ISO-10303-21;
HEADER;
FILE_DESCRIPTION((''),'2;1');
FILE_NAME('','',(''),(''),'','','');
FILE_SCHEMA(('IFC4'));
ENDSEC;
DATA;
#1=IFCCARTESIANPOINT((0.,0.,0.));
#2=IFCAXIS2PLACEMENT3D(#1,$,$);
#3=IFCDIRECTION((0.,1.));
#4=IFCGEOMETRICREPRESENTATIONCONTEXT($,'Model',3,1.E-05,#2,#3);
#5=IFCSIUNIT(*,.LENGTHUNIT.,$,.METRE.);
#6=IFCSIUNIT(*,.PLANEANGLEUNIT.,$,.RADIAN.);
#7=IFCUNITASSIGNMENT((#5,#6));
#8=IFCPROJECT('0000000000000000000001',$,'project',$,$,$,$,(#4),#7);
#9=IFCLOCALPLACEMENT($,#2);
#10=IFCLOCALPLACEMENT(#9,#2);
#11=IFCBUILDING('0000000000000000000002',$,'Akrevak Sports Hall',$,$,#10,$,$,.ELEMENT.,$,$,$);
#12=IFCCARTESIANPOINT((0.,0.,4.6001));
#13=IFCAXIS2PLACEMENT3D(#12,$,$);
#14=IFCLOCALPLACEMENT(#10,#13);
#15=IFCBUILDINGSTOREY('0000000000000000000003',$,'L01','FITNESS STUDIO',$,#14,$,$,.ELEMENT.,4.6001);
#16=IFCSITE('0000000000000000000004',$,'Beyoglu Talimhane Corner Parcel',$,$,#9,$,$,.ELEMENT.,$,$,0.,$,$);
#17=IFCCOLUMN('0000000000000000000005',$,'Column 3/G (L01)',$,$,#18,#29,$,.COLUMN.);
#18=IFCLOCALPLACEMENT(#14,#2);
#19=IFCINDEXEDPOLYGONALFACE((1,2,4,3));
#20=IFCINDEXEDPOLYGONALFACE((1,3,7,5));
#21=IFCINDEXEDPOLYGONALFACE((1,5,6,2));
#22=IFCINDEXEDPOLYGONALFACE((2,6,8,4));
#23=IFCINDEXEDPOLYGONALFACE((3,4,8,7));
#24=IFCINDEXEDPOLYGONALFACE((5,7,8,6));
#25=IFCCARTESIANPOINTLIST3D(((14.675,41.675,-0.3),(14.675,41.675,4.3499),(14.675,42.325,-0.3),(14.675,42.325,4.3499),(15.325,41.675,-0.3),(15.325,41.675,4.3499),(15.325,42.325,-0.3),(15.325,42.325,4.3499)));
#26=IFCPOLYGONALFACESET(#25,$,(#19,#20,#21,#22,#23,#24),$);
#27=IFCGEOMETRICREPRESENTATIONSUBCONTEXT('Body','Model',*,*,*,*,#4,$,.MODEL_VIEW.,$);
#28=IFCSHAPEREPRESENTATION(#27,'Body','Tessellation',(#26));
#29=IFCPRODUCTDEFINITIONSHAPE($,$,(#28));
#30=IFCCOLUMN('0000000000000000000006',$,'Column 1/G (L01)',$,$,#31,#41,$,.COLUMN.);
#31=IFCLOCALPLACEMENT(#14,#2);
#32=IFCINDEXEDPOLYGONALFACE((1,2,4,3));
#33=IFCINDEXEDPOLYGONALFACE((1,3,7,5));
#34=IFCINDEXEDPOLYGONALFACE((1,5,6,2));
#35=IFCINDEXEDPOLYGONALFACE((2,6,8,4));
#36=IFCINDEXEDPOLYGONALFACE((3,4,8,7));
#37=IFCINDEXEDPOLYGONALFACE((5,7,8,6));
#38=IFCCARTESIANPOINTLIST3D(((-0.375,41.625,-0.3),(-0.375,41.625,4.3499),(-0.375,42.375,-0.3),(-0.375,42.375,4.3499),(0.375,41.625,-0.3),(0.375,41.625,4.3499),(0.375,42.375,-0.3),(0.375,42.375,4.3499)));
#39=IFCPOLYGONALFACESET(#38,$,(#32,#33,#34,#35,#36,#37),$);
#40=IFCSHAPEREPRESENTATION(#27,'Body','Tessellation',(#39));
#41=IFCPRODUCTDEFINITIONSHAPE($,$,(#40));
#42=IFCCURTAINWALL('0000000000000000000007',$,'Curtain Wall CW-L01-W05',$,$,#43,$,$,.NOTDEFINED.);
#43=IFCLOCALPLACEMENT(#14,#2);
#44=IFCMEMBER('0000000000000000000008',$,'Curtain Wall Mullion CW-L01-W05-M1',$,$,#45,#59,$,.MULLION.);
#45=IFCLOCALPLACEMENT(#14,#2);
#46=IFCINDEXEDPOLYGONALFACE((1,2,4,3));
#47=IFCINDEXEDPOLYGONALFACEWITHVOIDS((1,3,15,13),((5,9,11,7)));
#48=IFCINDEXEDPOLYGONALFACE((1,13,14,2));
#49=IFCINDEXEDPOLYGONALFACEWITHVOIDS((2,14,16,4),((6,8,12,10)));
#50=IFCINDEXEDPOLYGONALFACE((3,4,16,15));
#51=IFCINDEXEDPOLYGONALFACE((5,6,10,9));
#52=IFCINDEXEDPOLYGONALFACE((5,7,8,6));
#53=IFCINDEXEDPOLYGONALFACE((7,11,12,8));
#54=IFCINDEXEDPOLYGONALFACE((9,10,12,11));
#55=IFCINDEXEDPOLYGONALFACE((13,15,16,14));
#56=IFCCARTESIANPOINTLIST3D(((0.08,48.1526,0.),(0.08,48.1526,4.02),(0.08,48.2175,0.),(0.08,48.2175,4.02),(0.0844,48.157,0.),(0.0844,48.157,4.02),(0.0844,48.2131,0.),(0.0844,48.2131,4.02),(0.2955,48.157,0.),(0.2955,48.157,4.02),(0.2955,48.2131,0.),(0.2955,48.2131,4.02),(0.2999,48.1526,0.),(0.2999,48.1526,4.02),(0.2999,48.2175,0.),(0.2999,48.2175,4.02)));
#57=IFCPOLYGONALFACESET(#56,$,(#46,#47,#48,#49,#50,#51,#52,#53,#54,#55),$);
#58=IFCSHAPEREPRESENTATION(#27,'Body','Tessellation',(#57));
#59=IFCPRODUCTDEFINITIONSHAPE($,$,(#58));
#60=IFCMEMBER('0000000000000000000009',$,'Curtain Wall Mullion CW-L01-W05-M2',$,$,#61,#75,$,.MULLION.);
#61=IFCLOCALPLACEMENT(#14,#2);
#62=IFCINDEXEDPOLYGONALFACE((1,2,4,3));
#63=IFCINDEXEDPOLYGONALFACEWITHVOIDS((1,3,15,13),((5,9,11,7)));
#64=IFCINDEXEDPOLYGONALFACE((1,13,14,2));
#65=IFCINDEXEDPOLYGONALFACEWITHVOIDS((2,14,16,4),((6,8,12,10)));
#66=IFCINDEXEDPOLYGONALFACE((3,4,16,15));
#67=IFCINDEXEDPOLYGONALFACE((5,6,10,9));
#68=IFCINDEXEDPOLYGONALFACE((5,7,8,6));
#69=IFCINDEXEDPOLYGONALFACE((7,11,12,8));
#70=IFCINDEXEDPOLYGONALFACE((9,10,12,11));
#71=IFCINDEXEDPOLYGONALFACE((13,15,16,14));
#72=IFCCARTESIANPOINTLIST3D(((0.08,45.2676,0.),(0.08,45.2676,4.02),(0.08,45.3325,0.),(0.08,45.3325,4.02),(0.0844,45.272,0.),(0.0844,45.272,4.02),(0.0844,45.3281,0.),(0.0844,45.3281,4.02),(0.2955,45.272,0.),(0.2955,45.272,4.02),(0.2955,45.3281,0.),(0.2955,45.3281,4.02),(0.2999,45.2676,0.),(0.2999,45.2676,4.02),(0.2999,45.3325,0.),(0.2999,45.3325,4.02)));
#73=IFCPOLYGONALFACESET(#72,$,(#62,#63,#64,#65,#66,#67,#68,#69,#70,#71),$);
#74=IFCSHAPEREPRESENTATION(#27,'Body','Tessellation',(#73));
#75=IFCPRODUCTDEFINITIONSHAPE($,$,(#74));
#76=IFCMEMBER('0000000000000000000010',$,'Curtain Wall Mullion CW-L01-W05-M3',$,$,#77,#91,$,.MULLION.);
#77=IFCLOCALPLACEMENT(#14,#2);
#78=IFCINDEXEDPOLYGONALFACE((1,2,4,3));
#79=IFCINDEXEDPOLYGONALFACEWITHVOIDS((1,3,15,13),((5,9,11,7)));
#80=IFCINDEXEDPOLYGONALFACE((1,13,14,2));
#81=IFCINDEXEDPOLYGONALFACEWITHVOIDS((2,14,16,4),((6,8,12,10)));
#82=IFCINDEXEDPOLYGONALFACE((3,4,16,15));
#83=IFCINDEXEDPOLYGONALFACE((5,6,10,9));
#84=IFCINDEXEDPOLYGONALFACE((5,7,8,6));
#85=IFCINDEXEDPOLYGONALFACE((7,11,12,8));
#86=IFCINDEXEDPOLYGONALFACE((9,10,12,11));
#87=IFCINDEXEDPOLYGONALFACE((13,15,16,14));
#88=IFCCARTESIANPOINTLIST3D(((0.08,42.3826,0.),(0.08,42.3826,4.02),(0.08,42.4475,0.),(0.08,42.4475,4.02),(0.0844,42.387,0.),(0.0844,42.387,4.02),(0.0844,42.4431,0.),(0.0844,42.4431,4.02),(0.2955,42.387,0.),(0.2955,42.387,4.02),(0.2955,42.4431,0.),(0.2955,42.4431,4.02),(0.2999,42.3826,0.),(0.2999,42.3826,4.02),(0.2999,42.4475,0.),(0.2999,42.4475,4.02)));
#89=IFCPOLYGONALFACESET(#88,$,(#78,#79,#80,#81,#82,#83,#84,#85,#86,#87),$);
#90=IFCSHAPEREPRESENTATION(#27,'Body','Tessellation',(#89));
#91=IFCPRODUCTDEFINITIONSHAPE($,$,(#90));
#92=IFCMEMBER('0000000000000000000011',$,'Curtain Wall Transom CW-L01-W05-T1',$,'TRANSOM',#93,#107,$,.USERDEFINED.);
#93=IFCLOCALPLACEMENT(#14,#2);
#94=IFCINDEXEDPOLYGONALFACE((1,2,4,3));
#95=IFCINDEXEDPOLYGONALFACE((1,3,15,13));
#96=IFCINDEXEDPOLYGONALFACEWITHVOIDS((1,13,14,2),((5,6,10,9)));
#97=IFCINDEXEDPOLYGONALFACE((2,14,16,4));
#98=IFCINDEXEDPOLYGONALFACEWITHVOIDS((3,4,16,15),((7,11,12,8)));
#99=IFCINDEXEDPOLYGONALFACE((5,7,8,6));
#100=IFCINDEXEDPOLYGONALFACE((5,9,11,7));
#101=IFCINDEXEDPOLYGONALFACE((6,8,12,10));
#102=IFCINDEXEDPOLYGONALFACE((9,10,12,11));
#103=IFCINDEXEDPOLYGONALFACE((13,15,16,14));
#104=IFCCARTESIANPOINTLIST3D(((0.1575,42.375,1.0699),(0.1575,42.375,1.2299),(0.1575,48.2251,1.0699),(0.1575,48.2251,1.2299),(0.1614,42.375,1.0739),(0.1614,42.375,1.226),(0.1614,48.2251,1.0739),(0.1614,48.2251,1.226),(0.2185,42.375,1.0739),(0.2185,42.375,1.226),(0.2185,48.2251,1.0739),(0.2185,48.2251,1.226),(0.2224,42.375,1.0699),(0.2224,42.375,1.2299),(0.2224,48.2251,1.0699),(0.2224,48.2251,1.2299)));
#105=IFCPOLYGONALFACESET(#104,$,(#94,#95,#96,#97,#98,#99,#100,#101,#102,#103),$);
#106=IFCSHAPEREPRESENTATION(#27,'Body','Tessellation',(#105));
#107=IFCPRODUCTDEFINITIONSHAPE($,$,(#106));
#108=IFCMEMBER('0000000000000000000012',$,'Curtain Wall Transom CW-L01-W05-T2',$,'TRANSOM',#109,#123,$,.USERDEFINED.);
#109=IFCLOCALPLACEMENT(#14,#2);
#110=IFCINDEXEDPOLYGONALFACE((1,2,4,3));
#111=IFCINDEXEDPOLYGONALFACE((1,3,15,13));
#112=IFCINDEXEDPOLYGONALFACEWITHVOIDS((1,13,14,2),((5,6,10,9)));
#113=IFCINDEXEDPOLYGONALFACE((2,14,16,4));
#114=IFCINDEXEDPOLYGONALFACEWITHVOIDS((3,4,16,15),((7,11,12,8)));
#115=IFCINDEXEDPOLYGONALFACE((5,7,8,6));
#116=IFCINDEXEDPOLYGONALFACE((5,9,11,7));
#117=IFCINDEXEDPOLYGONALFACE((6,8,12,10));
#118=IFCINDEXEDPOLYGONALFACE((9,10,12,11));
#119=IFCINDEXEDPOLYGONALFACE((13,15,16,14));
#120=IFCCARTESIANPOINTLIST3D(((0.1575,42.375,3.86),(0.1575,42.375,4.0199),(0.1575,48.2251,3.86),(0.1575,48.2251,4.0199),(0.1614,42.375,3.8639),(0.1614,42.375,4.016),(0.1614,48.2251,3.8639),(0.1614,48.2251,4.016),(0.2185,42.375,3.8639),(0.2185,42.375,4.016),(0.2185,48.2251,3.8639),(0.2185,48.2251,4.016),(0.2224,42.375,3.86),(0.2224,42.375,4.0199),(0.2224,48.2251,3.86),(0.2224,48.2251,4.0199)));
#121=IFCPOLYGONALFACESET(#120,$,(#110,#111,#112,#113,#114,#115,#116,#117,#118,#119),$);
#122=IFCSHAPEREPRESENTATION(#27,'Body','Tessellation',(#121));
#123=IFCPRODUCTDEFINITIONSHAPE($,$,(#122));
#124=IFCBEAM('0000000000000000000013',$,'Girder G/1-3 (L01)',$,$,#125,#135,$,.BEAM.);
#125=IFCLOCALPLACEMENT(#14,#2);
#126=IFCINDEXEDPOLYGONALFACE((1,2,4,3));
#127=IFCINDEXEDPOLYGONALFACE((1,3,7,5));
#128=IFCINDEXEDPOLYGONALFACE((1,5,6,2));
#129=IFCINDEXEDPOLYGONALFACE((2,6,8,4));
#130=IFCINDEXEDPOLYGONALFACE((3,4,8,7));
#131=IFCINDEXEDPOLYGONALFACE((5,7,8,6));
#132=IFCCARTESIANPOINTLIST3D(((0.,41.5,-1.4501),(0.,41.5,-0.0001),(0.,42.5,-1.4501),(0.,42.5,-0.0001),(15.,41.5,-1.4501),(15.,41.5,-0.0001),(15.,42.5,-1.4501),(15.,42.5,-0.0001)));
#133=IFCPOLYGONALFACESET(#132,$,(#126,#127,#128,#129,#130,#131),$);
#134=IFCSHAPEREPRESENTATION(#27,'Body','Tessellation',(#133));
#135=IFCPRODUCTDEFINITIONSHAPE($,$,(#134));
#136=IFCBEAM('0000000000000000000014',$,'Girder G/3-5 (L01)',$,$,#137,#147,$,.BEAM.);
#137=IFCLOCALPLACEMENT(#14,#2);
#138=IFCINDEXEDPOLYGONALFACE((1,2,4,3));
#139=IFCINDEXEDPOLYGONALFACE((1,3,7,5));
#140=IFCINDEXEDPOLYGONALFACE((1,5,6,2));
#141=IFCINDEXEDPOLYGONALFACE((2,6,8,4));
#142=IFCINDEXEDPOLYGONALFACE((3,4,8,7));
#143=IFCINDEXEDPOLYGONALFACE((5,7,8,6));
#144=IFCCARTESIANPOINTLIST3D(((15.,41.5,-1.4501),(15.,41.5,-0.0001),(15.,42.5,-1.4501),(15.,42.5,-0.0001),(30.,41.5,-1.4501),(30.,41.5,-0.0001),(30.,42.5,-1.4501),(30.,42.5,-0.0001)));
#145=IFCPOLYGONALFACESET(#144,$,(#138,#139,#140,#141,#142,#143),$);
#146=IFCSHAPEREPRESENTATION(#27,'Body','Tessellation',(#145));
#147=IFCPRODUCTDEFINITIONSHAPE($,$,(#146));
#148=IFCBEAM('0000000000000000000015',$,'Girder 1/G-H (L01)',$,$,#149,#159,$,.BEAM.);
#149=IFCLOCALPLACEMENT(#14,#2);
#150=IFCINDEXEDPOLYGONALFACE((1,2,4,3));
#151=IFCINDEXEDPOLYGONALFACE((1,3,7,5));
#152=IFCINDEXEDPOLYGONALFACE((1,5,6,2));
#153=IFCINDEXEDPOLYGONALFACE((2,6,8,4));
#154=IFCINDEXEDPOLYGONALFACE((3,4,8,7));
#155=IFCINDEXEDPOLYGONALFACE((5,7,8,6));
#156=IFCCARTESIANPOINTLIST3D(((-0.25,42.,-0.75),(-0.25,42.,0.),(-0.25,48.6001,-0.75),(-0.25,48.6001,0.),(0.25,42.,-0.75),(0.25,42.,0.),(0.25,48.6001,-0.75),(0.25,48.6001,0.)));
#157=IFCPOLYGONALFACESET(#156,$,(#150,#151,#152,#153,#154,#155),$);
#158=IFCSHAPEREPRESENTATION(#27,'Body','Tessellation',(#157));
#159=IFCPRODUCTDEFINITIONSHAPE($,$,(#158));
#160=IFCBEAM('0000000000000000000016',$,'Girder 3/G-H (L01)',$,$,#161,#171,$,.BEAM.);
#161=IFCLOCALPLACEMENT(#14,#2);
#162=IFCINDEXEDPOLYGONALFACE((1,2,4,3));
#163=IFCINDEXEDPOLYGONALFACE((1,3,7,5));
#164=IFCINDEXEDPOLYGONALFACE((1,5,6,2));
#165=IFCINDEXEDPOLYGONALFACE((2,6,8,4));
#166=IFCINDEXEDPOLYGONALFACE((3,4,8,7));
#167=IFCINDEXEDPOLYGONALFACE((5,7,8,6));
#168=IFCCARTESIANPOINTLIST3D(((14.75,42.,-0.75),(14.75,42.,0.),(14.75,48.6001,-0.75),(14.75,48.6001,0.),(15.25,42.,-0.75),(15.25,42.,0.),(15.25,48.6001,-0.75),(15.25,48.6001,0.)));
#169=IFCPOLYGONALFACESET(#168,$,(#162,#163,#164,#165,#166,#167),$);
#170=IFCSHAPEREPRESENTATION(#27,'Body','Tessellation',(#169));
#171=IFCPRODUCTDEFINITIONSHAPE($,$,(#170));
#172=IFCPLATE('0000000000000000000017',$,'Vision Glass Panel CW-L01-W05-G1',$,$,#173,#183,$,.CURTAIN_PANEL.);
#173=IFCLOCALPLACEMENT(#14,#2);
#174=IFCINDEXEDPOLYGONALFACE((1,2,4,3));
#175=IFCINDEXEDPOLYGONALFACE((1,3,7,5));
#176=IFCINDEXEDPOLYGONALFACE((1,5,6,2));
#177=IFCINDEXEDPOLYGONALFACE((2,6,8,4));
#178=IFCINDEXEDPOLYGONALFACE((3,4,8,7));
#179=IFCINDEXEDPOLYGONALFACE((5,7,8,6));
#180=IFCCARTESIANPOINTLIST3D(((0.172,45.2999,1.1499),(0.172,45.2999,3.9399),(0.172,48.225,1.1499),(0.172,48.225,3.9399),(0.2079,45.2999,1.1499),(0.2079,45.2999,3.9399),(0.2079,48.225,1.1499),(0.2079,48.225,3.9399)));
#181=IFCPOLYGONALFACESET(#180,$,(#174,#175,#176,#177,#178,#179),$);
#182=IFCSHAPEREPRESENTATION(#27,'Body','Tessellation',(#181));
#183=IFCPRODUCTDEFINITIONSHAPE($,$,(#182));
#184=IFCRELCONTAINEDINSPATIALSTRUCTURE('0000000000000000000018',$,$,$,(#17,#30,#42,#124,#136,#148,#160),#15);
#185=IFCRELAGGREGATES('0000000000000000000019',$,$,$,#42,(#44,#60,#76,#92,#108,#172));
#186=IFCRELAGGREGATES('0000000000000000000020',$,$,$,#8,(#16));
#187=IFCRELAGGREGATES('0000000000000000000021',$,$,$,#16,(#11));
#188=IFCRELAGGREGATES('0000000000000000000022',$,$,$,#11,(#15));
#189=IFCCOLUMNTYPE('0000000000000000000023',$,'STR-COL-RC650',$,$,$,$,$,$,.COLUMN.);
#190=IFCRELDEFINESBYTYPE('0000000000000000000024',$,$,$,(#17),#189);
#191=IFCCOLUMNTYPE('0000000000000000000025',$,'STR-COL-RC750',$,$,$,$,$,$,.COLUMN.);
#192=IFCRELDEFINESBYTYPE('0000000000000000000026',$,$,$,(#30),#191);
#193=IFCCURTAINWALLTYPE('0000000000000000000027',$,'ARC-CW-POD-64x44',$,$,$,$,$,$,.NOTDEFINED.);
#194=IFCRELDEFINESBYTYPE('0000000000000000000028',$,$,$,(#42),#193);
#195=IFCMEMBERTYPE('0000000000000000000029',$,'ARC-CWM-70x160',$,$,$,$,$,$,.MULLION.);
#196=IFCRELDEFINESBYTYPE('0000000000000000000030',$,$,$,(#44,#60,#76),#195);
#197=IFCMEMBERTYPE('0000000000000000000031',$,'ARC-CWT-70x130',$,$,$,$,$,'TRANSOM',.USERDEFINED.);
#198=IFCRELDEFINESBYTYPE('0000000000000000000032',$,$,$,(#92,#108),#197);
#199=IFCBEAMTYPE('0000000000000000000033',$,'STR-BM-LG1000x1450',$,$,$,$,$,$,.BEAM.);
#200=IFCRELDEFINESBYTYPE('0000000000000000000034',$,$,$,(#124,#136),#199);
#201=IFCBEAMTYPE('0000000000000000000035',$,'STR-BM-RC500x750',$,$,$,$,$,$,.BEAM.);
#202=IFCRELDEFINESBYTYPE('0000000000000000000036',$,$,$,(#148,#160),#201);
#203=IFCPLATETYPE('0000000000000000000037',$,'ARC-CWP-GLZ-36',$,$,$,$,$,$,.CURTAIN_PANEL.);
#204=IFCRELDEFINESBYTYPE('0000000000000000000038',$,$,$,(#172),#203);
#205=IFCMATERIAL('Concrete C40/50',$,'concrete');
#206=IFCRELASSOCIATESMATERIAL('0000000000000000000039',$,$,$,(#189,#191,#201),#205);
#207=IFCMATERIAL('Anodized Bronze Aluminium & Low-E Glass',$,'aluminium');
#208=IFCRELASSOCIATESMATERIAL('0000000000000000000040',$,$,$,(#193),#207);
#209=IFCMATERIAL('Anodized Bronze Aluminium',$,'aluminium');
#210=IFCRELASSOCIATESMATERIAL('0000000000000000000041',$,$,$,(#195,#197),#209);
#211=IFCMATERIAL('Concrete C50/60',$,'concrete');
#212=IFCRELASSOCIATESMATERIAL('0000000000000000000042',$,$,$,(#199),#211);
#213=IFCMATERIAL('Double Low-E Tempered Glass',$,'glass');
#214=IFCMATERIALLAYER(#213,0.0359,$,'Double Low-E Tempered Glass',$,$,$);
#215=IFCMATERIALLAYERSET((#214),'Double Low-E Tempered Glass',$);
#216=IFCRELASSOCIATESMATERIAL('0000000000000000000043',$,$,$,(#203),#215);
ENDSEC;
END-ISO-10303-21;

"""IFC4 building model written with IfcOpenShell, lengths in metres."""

from ifc_helpers import new_model, si_unit, direction, frame, origin, origin_2d, place, context, subcontext, project, spatial, rectangle, hollow_rectangle, extrude, material, layer, layer_set, material_profile, profile_set, type_object, element, aggregate, save


model = new_model("IFC4")

# Units and contexts
model_context = context("Model", 3, precision=1e-05, world=origin(), true_north=direction((0.0, 1.0)))
body_context = subcontext(model_context, "Body", "Model", "MODEL_VIEW")
ifc_project = project(units=[si_unit("LENGTHUNIT", "METRE"), si_unit("PLANEANGLEUNIT", "RADIAN")], contexts=[model_context])

# Site, building, storey
site_placement = place(None, origin())
site = spatial("IfcSite", under=ifc_project, at=site_placement, Name="Beyoglu Talimhane Corner Parcel", CompositionType="ELEMENT", RefElevation=0.0)
building_placement = place(site_placement, origin())
building = spatial("IfcBuilding", under=site, at=building_placement, Name="Akrevak Sports Hall", CompositionType="ELEMENT")
storey_placement = place(building_placement, frame((0.0, 0.0, 4.6001)))
storey = spatial("IfcBuildingStorey", under=building, at=storey_placement, Name="L01", Description="FITNESS STUDIO", CompositionType="ELEMENT", Elevation=4.6001)

# Columns
ifc_material_1 = material(Name="Concrete C40/50", Category="concrete")
ifc_material_profile_1 = material_profile(ifc_material_1, rectangle(XDim=0.6499, YDim=0.6499, at=origin_2d()), Name="RC 650x650", Category="concrete")
ifc_profile_set_1 = profile_set([ifc_material_profile_1], Name="Concrete C40/50")
column_type_1 = type_object("IfcColumnType", Name="STR-COL-RC650", PredefinedType="COLUMN", material=ifc_profile_set_1)
column_1_placement = place(storey_placement, frame((15.0, 42.0, -0.3), z_axis=(0.0, 0.0, 1.0), x_axis=(1.0, 0.0, 0.0)))
element("IfcColumn", 1, at=column_1_placement, inside=storey, type_object=column_type_1, Name="Column 3/G (L01)", PredefinedType="COLUMN", context=body_context, shape_type="SweptSolid", body=[
    extrude(rectangle(XDim=0.6499, YDim=0.6499, at=origin_2d()), origin(), (0.0, 0.0, 1.0), 4.6499),
])
ifc_material_profile_2 = material_profile(ifc_material_1, rectangle(XDim=0.75, YDim=0.75, at=origin_2d()), Name="RC 750x750", Category="concrete")
ifc_profile_set_2 = profile_set([ifc_material_profile_2], Name="Concrete C40/50")
column_type_2 = type_object("IfcColumnType", Name="STR-COL-RC750", PredefinedType="COLUMN", material=ifc_profile_set_2)
column_2_placement = place(storey_placement, frame((0.0, 42.0, -0.3), z_axis=(0.0, 0.0, 1.0), x_axis=(1.0, 0.0, 0.0)))
element("IfcColumn", 2, at=column_2_placement, inside=storey, type_object=column_type_2, Name="Column 1/G (L01)", PredefinedType="COLUMN", context=body_context, shape_type="SweptSolid", body=[
    extrude(rectangle(XDim=0.75, YDim=0.75, at=origin_2d()), origin(), (0.0, 0.0, 1.0), 4.6499),
])

# Curtain wall, members
ifc_material_2 = material(Name="Anodized Bronze Aluminium & Low-E Glass", Category="aluminium")
curtain_wall_type = type_object("IfcCurtainWallType", Name="ARC-CW-POD-64x44", PredefinedType="NOTDEFINED", material=ifc_material_2)
curtain_wall_placement = place(storey_placement, origin())
curtain_wall = element("IfcCurtainWall", 3, at=curtain_wall_placement, inside=storey, type_object=curtain_wall_type, Name="Curtain Wall CW-L01-W05", PredefinedType="NOTDEFINED")
ifc_material_3 = material(Name="Anodized Bronze Aluminium", Category="aluminium")
ifc_material_profile_3 = material_profile(ifc_material_3, hollow_rectangle(XDim=0.0649, YDim=0.22, WallThickness=0.0044, at=origin_2d()), Name="CWM 65x220", Category="aluminium")
ifc_profile_set_3 = profile_set([ifc_material_profile_3], Name="Anodized Bronze Aluminium")
member_type_1 = type_object("IfcMemberType", Name="ARC-CWM-70x160", PredefinedType="MULLION", material=ifc_profile_set_3)
member_1_placement = place(storey_placement, frame((0.1899, 48.1851, 0.0), z_axis=(0.0, 0.0, 1.0), x_axis=(0.0, -1.0, 0.0)))
member_1 = element("IfcMember", 4, at=member_1_placement, type_object=member_type_1, Name="Curtain Wall Mullion CW-L01-W05-M1", PredefinedType="MULLION", context=body_context, shape_type="SweptSolid", body=[
    extrude(hollow_rectangle(XDim=0.0649, YDim=0.22, WallThickness=0.0044, at=origin_2d()), origin(), (0.0, 0.0, 1.0), 4.02),
])
member_2_placement = place(storey_placement, frame((0.1899, 45.3, 0.0), z_axis=(0.0, 0.0, 1.0), x_axis=(0.0, -1.0, 0.0)))
member_2 = element("IfcMember", 5, at=member_2_placement, type_object=member_type_1, Name="Curtain Wall Mullion CW-L01-W05-M2", PredefinedType="MULLION", context=body_context, shape_type="SweptSolid", body=[
    extrude(hollow_rectangle(XDim=0.0649, YDim=0.22, WallThickness=0.0044, at=origin_2d()), origin(), (0.0, 0.0, 1.0), 4.02),
])
member_3_placement = place(storey_placement, frame((0.1899, 42.415, 0.0), z_axis=(0.0, 0.0, 1.0), x_axis=(0.0, -1.0, 0.0)))
member_3 = element("IfcMember", 6, at=member_3_placement, type_object=member_type_1, Name="Curtain Wall Mullion CW-L01-W05-M3", PredefinedType="MULLION", context=body_context, shape_type="SweptSolid", body=[
    extrude(hollow_rectangle(XDim=0.0649, YDim=0.22, WallThickness=0.0044, at=origin_2d()), origin(), (0.0, 0.0, 1.0), 4.02),
])
ifc_material_profile_4 = material_profile(ifc_material_3, hollow_rectangle(XDim=0.0649, YDim=0.1599, WallThickness=0.0039, at=origin_2d()), Name="CWT 65x160", Category="aluminium")
ifc_profile_set_4 = profile_set([ifc_material_profile_4], Name="Anodized Bronze Aluminium")
member_type_2 = type_object("IfcMemberType", Name="ARC-CWT-70x130", ElementType="TRANSOM", PredefinedType="USERDEFINED", material=ifc_profile_set_4)
member_4_placement = place(storey_placement, frame((0.1899, 48.2251, 1.1499), z_axis=(0.0, -1.0, 0.0), x_axis=(1.0, 0.0, 0.0)))
member_4 = element("IfcMember", 7, at=member_4_placement, type_object=member_type_2, Name="Curtain Wall Transom CW-L01-W05-T1", ObjectType="TRANSOM", PredefinedType="USERDEFINED", context=body_context, shape_type="SweptSolid", body=[
    extrude(hollow_rectangle(XDim=0.0649, YDim=0.1599, WallThickness=0.0039, at=origin_2d()), origin(), (0.0, 0.0, 1.0), 5.8501),
])
member_5_placement = place(storey_placement, frame((0.1899, 48.2251, 3.9399), z_axis=(0.0, -1.0, 0.0), x_axis=(1.0, 0.0, 0.0)))
member_5 = element("IfcMember", 8, at=member_5_placement, type_object=member_type_2, Name="Curtain Wall Transom CW-L01-W05-T2", ObjectType="TRANSOM", PredefinedType="USERDEFINED", context=body_context, shape_type="SweptSolid", body=[
    extrude(hollow_rectangle(XDim=0.0649, YDim=0.1599, WallThickness=0.0039, at=origin_2d()), origin(), (0.0, 0.0, 1.0), 5.8501),
])

# Beams
ifc_material_4 = material(Name="Concrete C50/60", Category="concrete")
ifc_material_profile_5 = material_profile(ifc_material_4, rectangle(XDim=1.0, YDim=1.45, at=origin_2d()), Name="BM 1000x1450", Category="concrete")
ifc_profile_set_5 = profile_set([ifc_material_profile_5], Name="Concrete C50/60")
beam_type_1 = type_object("IfcBeamType", Name="STR-BM-LG1000x1450", PredefinedType="BEAM", material=ifc_profile_set_5)
for number, where, z_axis, x_axis, name in (
    (9, (0.0, 42.0, -0.7251), (1.0, 0.0, 0.0), (0.0, 1.0, 0.0), "Girder G/1-3 (L01)"),
    (10, (15.0, 42.0, -0.7251), (1.0, 0.0, 0.0), (0.0, 1.0, 0.0), "Girder G/3-5 (L01)"),
):
    element("IfcBeam", number, at=place(storey_placement, frame(where, z_axis=z_axis, x_axis=x_axis)), inside=storey, type_object=beam_type_1, Name=name, PredefinedType="BEAM", context=body_context, shape_type="SweptSolid", body=[
        extrude(rectangle(XDim=1.0, YDim=1.45, at=origin_2d()), origin(), (0.0, 0.0, 1.0), 15.0),
    ])
ifc_material_profile_6 = material_profile(ifc_material_1, rectangle(XDim=0.5, YDim=0.75, at=origin_2d()), Name="BM 500x750", Category="concrete")
ifc_profile_set_6 = profile_set([ifc_material_profile_6], Name="Concrete C40/50")
beam_type_2 = type_object("IfcBeamType", Name="STR-BM-RC500x750", PredefinedType="BEAM", material=ifc_profile_set_6)
for number, where, z_axis, x_axis, name in (
    (11, (0.0, 42.0, -0.375), (0.0, 1.0, 0.0), (-1.0, 0.0, 0.0), "Girder 1/G-H (L01)"),
    (12, (15.0, 42.0, -0.375), (0.0, 1.0, 0.0), (-1.0, 0.0, 0.0), "Girder 3/G-H (L01)"),
):
    element("IfcBeam", number, at=place(storey_placement, frame(where, z_axis=z_axis, x_axis=x_axis)), inside=storey, type_object=beam_type_2, Name=name, PredefinedType="BEAM", context=body_context, shape_type="SweptSolid", body=[
        extrude(rectangle(XDim=0.5, YDim=0.75, at=origin_2d()), origin(), (0.0, 0.0, 1.0), 6.6001),
    ])

# Plate
ifc_material_5 = material(Name="Double Low-E Tempered Glass", Category="glass")
ifc_layer_1 = layer(ifc_material_5, 0.0359, Name="Double Low-E Tempered Glass")
ifc_layer_set_1 = layer_set([ifc_layer_1], Name="Double Low-E Tempered Glass")
plate_type_1 = type_object("IfcPlateType", Name="ARC-CWP-GLZ-36", PredefinedType="CURTAIN_PANEL", material=ifc_layer_set_1)
plate_1_placement = place(storey_placement, frame((0.1899, 46.7625, 1.1499), z_axis=(0.0, 0.0, 1.0), x_axis=(0.0, -1.0, 0.0)))
plate_1 = element("IfcPlate", 13, at=plate_1_placement, type_object=plate_type_1, Name="Vision Glass Panel CW-L01-W05-G1", PredefinedType="CURTAIN_PANEL", context=body_context, shape_type="SweptSolid", body=[
    extrude(rectangle(XDim=2.925, YDim=0.0359, at=origin_2d()), origin(), (0.0, 0.0, 1.0), 2.79),
])
aggregate(curtain_wall, [member_1, member_2, member_3, member_4, member_5, plate_1])

save(model, "model.ifc")
